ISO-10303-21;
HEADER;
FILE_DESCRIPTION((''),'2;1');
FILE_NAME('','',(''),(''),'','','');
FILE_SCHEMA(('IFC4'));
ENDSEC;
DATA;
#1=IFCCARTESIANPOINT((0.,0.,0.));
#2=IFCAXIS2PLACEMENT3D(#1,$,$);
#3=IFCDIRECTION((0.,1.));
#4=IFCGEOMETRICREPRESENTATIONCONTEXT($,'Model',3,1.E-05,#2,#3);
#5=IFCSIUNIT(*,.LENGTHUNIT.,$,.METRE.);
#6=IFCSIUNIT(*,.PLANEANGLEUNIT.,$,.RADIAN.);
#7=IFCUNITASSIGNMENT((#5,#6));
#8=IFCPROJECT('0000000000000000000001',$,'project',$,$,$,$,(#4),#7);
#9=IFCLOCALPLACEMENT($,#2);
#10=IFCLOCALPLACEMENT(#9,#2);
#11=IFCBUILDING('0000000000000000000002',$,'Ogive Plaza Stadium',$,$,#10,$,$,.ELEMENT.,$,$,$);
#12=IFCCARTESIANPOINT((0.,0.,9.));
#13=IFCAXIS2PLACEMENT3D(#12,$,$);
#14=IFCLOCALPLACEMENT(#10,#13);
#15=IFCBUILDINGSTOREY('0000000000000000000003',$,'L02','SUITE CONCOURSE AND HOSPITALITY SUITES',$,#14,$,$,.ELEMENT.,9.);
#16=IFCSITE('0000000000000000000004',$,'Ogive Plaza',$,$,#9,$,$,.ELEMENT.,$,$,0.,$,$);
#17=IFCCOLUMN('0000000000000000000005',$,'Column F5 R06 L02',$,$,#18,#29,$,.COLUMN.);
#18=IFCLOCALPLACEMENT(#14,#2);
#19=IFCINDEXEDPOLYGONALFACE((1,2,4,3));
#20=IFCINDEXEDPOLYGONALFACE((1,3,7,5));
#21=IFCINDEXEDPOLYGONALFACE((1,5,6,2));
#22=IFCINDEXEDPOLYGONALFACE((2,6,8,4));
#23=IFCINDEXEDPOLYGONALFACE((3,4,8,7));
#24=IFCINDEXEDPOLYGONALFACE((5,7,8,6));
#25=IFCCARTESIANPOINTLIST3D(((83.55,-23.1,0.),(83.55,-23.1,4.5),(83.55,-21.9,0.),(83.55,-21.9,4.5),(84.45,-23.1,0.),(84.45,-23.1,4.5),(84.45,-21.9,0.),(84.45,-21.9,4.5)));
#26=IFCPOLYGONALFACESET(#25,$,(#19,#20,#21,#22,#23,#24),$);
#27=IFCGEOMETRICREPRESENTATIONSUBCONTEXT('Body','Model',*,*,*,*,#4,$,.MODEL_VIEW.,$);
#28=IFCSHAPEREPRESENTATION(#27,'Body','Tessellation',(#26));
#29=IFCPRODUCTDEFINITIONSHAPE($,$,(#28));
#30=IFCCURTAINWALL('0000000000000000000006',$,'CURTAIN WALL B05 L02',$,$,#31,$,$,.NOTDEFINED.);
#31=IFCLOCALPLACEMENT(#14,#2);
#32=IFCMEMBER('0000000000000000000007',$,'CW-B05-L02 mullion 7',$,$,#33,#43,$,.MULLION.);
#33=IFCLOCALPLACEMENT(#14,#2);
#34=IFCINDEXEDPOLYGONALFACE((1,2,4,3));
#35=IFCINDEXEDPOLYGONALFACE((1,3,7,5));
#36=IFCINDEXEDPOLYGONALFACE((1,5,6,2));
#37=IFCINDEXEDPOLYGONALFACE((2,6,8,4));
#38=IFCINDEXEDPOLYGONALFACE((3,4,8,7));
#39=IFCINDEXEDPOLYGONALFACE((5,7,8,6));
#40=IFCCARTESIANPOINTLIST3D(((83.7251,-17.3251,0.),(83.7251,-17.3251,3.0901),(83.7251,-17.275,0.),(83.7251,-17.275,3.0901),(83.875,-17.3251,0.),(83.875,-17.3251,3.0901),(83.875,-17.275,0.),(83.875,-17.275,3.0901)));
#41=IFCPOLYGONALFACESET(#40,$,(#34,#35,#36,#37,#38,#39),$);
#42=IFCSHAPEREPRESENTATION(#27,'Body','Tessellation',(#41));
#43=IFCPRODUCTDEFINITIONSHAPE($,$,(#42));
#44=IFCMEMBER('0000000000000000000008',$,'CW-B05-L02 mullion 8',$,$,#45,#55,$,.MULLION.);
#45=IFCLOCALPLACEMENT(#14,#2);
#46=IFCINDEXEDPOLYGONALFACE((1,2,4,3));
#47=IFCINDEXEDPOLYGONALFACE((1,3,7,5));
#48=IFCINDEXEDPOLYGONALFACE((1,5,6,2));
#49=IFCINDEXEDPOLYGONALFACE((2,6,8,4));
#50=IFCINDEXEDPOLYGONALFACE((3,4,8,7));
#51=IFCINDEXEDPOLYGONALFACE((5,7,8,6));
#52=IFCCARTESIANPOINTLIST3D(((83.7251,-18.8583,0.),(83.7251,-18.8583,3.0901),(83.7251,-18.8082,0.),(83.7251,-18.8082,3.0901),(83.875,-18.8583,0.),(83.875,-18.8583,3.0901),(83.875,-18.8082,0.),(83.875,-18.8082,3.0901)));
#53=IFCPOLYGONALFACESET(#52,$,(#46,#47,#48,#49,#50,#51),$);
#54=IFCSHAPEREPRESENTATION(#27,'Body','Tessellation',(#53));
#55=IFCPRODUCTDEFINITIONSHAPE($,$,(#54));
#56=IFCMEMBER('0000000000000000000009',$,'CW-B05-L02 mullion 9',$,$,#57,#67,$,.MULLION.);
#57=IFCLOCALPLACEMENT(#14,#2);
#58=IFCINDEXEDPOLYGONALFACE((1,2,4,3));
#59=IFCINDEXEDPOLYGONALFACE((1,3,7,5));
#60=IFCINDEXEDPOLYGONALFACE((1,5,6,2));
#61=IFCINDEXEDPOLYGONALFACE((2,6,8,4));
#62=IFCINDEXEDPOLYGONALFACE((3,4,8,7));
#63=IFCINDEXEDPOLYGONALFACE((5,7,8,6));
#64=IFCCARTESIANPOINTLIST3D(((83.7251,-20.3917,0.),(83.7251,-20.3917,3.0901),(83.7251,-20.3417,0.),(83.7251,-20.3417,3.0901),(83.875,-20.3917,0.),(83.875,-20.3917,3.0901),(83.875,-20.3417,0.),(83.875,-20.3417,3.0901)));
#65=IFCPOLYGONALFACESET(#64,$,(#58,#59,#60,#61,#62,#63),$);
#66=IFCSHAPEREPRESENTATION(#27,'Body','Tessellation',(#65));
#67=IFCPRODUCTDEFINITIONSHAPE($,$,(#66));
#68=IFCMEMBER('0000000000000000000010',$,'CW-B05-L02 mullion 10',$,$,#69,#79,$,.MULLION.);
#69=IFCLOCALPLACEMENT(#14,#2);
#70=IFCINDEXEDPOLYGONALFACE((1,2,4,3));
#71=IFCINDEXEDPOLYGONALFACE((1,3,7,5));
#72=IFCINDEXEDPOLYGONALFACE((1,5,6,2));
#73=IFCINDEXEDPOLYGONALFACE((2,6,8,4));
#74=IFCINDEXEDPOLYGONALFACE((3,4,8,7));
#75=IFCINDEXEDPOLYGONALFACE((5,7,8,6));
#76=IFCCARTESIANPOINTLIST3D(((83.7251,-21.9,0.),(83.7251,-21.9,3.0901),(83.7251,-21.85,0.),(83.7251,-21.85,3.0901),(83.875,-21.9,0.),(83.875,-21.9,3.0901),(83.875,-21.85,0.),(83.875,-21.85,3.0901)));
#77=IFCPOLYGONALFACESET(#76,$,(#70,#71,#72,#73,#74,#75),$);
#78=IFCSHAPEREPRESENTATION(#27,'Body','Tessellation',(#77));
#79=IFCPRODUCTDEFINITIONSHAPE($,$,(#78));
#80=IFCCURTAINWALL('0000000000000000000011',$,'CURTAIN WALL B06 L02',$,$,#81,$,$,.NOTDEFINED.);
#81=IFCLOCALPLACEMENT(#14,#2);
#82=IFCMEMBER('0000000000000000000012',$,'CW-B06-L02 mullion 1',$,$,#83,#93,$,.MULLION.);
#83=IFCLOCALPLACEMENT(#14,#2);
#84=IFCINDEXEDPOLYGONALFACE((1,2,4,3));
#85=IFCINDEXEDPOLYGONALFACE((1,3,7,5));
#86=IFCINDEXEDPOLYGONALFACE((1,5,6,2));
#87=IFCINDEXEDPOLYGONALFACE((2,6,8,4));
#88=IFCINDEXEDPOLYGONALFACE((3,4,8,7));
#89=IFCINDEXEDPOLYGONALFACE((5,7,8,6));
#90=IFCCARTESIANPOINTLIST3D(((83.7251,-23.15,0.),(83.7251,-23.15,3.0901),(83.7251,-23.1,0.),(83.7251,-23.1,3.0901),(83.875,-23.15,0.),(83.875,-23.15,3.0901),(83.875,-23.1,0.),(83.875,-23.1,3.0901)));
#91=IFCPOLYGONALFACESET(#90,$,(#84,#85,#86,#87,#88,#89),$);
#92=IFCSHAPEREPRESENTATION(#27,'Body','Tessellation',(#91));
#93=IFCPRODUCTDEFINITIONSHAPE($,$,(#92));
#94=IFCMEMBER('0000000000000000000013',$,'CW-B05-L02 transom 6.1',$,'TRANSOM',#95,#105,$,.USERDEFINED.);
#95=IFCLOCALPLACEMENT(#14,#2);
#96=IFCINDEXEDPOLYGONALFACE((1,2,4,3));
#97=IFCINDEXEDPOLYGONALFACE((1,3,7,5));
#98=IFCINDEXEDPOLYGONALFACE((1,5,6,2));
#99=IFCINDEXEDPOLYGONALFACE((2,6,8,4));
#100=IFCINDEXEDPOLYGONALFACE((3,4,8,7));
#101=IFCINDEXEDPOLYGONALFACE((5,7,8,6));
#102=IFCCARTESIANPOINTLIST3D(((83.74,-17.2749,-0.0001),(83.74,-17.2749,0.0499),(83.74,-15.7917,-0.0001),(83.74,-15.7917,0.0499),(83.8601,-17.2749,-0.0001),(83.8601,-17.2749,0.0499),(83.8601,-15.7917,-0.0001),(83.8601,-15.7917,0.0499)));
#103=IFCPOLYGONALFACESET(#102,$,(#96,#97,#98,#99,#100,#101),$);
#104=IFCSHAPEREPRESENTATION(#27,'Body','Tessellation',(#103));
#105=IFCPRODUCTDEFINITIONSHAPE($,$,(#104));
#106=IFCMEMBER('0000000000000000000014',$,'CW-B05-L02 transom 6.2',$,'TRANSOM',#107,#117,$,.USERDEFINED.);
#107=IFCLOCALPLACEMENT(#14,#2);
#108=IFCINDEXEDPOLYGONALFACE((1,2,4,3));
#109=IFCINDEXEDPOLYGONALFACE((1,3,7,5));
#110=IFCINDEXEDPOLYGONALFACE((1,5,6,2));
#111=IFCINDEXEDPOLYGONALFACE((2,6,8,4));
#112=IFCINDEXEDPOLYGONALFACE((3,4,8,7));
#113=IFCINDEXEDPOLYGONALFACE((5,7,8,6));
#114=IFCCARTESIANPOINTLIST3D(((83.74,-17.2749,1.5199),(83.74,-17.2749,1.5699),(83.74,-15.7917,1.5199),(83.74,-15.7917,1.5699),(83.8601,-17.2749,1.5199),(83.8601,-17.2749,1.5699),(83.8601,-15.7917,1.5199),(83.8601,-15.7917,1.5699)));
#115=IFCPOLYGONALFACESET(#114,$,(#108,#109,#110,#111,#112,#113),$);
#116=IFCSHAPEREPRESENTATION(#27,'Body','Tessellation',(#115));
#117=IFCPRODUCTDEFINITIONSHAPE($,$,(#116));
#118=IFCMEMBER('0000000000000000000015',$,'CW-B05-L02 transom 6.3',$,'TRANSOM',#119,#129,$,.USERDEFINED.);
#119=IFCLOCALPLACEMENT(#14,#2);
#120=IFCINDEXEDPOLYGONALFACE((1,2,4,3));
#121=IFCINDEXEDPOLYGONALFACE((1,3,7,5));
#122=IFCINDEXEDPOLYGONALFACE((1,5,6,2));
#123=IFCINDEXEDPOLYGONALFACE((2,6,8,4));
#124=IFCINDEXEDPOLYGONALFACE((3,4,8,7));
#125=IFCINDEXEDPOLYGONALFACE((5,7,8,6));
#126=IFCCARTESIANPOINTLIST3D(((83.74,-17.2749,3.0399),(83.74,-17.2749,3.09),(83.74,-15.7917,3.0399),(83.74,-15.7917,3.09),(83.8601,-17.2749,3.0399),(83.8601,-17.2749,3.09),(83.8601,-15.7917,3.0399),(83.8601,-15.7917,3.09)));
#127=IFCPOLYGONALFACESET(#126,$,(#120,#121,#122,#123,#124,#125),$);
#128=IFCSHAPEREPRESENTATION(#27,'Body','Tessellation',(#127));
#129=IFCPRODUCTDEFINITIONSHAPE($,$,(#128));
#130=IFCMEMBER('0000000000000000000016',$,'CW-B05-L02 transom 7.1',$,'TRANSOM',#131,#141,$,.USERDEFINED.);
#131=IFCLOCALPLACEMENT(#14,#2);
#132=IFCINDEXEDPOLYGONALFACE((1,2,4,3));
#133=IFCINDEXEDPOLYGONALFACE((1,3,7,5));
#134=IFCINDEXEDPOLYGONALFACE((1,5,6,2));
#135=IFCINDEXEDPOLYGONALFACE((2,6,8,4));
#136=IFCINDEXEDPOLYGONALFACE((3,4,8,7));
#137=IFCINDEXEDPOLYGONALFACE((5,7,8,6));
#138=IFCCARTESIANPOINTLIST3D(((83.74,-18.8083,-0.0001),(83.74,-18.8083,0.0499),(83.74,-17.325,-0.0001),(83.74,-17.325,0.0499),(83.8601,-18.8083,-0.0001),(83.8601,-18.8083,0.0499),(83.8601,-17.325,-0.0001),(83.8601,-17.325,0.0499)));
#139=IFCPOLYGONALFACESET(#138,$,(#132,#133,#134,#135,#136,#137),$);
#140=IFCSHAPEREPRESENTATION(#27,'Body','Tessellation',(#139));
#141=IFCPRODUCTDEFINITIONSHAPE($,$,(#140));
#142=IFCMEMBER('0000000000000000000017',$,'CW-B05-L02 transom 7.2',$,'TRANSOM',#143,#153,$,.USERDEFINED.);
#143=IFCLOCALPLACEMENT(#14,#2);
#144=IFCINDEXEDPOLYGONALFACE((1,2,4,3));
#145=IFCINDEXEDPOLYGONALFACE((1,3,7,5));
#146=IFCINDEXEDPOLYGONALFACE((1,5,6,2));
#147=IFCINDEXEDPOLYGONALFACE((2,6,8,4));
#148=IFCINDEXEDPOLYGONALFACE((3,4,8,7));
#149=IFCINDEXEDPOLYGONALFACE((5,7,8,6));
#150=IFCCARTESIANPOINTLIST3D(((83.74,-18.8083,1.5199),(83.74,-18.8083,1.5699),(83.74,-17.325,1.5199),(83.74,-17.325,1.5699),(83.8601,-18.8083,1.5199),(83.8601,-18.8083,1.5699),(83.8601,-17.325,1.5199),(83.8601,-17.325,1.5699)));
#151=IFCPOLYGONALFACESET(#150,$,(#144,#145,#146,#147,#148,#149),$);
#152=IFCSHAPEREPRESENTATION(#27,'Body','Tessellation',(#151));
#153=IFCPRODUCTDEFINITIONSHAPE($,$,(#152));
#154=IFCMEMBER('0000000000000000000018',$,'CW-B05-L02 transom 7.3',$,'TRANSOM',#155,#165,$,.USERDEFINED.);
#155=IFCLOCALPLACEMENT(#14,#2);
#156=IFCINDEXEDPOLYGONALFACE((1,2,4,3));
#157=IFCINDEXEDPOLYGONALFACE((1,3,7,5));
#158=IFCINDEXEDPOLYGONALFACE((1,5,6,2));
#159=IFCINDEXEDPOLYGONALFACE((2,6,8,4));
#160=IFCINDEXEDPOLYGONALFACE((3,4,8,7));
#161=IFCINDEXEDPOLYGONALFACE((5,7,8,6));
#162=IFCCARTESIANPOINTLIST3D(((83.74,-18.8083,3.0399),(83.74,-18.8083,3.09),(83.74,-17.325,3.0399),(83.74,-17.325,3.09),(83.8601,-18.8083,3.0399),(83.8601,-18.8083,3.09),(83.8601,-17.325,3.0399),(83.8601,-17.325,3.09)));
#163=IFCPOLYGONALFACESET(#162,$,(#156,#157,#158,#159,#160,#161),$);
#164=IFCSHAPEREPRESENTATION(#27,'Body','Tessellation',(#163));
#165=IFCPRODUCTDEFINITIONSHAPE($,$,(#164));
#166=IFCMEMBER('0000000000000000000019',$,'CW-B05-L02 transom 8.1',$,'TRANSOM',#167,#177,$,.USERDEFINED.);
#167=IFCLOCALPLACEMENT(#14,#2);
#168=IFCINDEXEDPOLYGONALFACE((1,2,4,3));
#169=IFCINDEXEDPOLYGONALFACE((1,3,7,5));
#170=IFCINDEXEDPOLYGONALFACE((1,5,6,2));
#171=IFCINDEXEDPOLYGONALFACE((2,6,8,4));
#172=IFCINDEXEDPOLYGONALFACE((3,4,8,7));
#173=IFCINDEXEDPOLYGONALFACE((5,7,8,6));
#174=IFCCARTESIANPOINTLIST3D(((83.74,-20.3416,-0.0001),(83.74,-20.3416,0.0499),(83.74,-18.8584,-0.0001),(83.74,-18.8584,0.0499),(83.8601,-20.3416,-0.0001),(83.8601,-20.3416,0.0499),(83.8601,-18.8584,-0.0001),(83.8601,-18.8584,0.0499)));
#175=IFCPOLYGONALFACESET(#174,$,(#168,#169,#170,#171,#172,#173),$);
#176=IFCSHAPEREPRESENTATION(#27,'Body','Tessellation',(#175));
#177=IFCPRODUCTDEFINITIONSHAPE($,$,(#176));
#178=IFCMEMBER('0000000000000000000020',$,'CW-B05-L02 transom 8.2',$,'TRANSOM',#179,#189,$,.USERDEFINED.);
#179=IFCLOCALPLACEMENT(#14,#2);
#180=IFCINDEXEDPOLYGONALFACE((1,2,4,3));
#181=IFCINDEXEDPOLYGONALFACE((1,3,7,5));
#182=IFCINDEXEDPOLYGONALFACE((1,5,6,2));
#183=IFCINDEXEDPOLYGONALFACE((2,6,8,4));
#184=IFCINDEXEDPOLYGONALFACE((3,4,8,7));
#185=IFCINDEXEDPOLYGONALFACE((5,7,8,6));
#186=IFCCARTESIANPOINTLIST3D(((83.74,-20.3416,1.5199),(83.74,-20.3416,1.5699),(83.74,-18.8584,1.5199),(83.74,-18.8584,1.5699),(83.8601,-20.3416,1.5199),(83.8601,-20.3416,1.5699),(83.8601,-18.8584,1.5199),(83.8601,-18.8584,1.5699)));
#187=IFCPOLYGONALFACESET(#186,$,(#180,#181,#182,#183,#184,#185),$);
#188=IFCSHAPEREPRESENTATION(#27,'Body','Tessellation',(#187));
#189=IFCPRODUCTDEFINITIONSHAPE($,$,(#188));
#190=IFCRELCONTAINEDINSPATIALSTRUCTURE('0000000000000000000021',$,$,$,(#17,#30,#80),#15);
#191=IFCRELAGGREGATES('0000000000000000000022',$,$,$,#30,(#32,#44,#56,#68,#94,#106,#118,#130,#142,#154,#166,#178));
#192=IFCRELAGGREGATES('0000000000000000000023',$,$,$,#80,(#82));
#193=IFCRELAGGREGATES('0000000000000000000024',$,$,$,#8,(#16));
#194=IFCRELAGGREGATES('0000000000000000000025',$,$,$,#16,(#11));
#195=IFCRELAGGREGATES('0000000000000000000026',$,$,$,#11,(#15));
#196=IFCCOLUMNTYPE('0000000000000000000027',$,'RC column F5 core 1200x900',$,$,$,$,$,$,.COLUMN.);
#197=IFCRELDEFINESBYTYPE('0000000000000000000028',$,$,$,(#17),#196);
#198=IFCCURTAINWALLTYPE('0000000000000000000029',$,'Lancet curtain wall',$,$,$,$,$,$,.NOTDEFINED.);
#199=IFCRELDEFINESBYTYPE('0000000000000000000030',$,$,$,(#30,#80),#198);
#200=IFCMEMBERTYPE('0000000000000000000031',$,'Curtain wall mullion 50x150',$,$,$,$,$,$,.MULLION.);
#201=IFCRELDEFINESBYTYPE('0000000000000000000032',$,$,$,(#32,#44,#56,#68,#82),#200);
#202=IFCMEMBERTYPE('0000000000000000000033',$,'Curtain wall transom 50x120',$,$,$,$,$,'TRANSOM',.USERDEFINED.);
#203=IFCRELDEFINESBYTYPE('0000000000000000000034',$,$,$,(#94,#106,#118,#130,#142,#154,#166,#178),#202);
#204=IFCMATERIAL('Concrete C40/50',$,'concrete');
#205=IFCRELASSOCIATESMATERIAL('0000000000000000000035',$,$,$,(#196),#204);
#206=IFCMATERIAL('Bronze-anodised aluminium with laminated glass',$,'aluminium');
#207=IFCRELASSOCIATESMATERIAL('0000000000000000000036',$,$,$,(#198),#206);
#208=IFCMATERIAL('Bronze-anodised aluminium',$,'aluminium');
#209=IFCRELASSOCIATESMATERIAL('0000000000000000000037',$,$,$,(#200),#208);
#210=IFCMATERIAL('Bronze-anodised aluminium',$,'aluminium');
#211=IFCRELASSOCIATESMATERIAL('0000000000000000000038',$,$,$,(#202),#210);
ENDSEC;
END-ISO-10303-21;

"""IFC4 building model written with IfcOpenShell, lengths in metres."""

from ifc_helpers import new_model, si_unit, direction, frame, origin, origin_2d, place, context, subcontext, project, spatial, rectangle, extrude, material, material_profile, profile_set, type_object, element, aggregate, save


model = new_model("IFC4")

# Units and contexts
model_context = context("Model", 3, precision=1e-05, world=origin(), true_north=direction((0.0, 1.0)))
body_context = subcontext(model_context, "Body", "Model", "MODEL_VIEW")
ifc_project = project(units=[si_unit("LENGTHUNIT", "METRE"), si_unit("PLANEANGLEUNIT", "RADIAN")], contexts=[model_context])

# Site, building, storey
site_placement = place(None, origin())
site = spatial("IfcSite", under=ifc_project, at=site_placement, Name="Ogive Plaza", CompositionType="ELEMENT", RefElevation=0.0)
building_placement = place(site_placement, origin())
building = spatial("IfcBuilding", under=site, at=building_placement, Name="Ogive Plaza Stadium", CompositionType="ELEMENT")
storey_placement = place(building_placement, frame((0.0, 0.0, 9.0)))
storey = spatial("IfcBuildingStorey", under=building, at=storey_placement, Name="L02", Description="SUITE CONCOURSE AND HOSPITALITY SUITES", CompositionType="ELEMENT", Elevation=9.0)

# Column
ifc_material_1 = material(Name="Concrete C40/50", Category="concrete")
ifc_material_profile_1 = material_profile(ifc_material_1, rectangle(XDim=1.2, YDim=0.8999, at=origin_2d()), Name="RC 1200x900")
ifc_profile_set_1 = profile_set([ifc_material_profile_1], Name="Concrete C40/50")
column_type = type_object("IfcColumnType", Name="RC column F5 core 1200x900", PredefinedType="COLUMN", material=ifc_profile_set_1)
column_placement = place(storey_placement, frame((84.0, -22.5, 0.0), z_axis=(0.0, 0.0, 1.0), x_axis=(0.0, 1.0, 0.0)))
element("IfcColumn", 1, at=column_placement, inside=storey, type_object=column_type, Name="Column F5 R06 L02", PredefinedType="COLUMN", context=body_context, shape_type="SweptSolid", body=[
    extrude(rectangle(XDim=1.2, YDim=0.8999, at=origin_2d()), origin(), (0.0, 0.0, 1.0), 4.5),
])

# Curtain wall, members
ifc_material_2 = material(Name="Bronze-anodised aluminium with laminated glass", Category="aluminium")
curtain_wall_type = type_object("IfcCurtainWallType", Name="Lancet curtain wall", PredefinedType="NOTDEFINED", material=ifc_material_2)
curtain_wall_1_placement = place(storey_placement, origin())
curtain_wall_1 = element("IfcCurtainWall", 2, at=curtain_wall_1_placement, inside=storey, type_object=curtain_wall_type, Name="CURTAIN WALL B05 L02", PredefinedType="NOTDEFINED")
ifc_material_3 = material(Name="Bronze-anodised aluminium", Category="aluminium")
ifc_material_profile_2 = material_profile(ifc_material_3, rectangle(XDim=0.1499, YDim=0.05, at=origin_2d()), Name="AL 150x50")
ifc_profile_set_2 = profile_set([ifc_material_profile_2], Name="Bronze-anodised aluminium")
member_type_1 = type_object("IfcMemberType", Name="Curtain wall mullion 50x150", PredefinedType="MULLION", material=ifc_profile_set_2)
member_1_placement = place(storey_placement, frame((83.8, -17.3, 0.0), z_axis=(0.0, 0.0, 1.0), x_axis=(1.0, 0.0, 0.0)))
member_1 = element("IfcMember", 3, at=member_1_placement, type_object=member_type_1, Name="CW-B05-L02 mullion 7", PredefinedType="MULLION", context=body_context, shape_type="SweptSolid", body=[
    extrude(rectangle(XDim=0.1499, YDim=0.05, at=origin_2d()), origin(), (0.0, 0.0, 1.0), 3.0901),
])
member_2_placement = place(storey_placement, frame((83.8, -18.8333, 0.0), z_axis=(0.0, 0.0, 1.0), x_axis=(1.0, 0.0, 0.0)))
member_2 = element("IfcMember", 4, at=member_2_placement, type_object=member_type_1, Name="CW-B05-L02 mullion 8", PredefinedType="MULLION", context=body_context, shape_type="SweptSolid", body=[
    extrude(rectangle(XDim=0.1499, YDim=0.05, at=origin_2d()), origin(), (0.0, 0.0, 1.0), 3.0901),
])
member_3_placement = place(storey_placement, frame((83.8, -20.3667, 0.0), z_axis=(0.0, 0.0, 1.0), x_axis=(1.0, 0.0, 0.0)))
member_3 = element("IfcMember", 5, at=member_3_placement, type_object=member_type_1, Name="CW-B05-L02 mullion 9", PredefinedType="MULLION", context=body_context, shape_type="SweptSolid", body=[
    extrude(rectangle(XDim=0.1499, YDim=0.05, at=origin_2d()), origin(), (0.0, 0.0, 1.0), 3.0901),
])
member_4_placement = place(storey_placement, frame((83.8, -21.875, 0.0), z_axis=(0.0, 0.0, 1.0), x_axis=(1.0, 0.0, 0.0)))
member_4 = element("IfcMember", 6, at=member_4_placement, type_object=member_type_1, Name="CW-B05-L02 mullion 10", PredefinedType="MULLION", context=body_context, shape_type="SweptSolid", body=[
    extrude(rectangle(XDim=0.1499, YDim=0.05, at=origin_2d()), origin(), (0.0, 0.0, 1.0), 3.0901),
])

# Curtain wall, member
curtain_wall_2_placement = place(storey_placement, origin())
curtain_wall_2 = element("IfcCurtainWall", 7, at=curtain_wall_2_placement, inside=storey, type_object=curtain_wall_type, Name="CURTAIN WALL B06 L02", PredefinedType="NOTDEFINED")
member_5_placement = place(storey_placement, frame((83.8, -23.125, 0.0), z_axis=(0.0, 0.0, 1.0), x_axis=(1.0, 0.0, 0.0)))
member_5 = element("IfcMember", 8, at=member_5_placement, type_object=member_type_1, Name="CW-B06-L02 mullion 1", PredefinedType="MULLION", context=body_context, shape_type="SweptSolid", body=[
    extrude(rectangle(XDim=0.1499, YDim=0.05, at=origin_2d()), origin(), (0.0, 0.0, 1.0), 3.0901),
])

# Members
ifc_material_4 = material(Name="Bronze-anodised aluminium", Category="aluminium")
ifc_material_profile_3 = material_profile(ifc_material_4, rectangle(XDim=0.1201, YDim=0.05, at=origin_2d()), Name="AL 120x50")
ifc_profile_set_3 = profile_set([ifc_material_profile_3], Name="Bronze-anodised aluminium")
member_type_2 = type_object("IfcMemberType", Name="Curtain wall transom 50x120", ElementType="TRANSOM", PredefinedType="USERDEFINED", material=ifc_profile_set_3)
member_6_placement = place(storey_placement, frame((83.8, -15.7917, 0.0249), z_axis=(0.0, -1.0, 0.0), x_axis=(1.0, 0.0, 0.0)))
member_6 = element("IfcMember", 9, at=member_6_placement, type_object=member_type_2, Name="CW-B05-L02 transom 6.1", ObjectType="TRANSOM", PredefinedType="USERDEFINED", context=body_context, shape_type="SweptSolid", body=[
    extrude(rectangle(XDim=0.1201, YDim=0.05, at=origin_2d()), origin(), (0.0, 0.0, 1.0), 1.4832),
])
member_7_placement = place(storey_placement, frame((83.8, -15.7917, 1.5449), z_axis=(0.0, -1.0, 0.0), x_axis=(1.0, 0.0, 0.0)))
member_7 = element("IfcMember", 10, at=member_7_placement, type_object=member_type_2, Name="CW-B05-L02 transom 6.2", ObjectType="TRANSOM", PredefinedType="USERDEFINED", context=body_context, shape_type="SweptSolid", body=[
    extrude(rectangle(XDim=0.1201, YDim=0.05, at=origin_2d()), origin(), (0.0, 0.0, 1.0), 1.4832),
])
member_8_placement = place(storey_placement, frame((83.8, -15.7917, 3.0649), z_axis=(0.0, -1.0, 0.0), x_axis=(1.0, 0.0, 0.0)))
member_8 = element("IfcMember", 11, at=member_8_placement, type_object=member_type_2, Name="CW-B05-L02 transom 6.3", ObjectType="TRANSOM", PredefinedType="USERDEFINED", context=body_context, shape_type="SweptSolid", body=[
    extrude(rectangle(XDim=0.1201, YDim=0.05, at=origin_2d()), origin(), (0.0, 0.0, 1.0), 1.4832),
])
member_9_placement = place(storey_placement, frame((83.8, -17.325, 0.0249), z_axis=(0.0, -1.0, 0.0), x_axis=(1.0, 0.0, 0.0)))
member_9 = element("IfcMember", 12, at=member_9_placement, type_object=member_type_2, Name="CW-B05-L02 transom 7.1", ObjectType="TRANSOM", PredefinedType="USERDEFINED", context=body_context, shape_type="SweptSolid", body=[
    extrude(rectangle(XDim=0.1201, YDim=0.05, at=origin_2d()), origin(), (0.0, 0.0, 1.0), 1.4834),
])
member_10_placement = place(storey_placement, frame((83.8, -17.325, 1.5449), z_axis=(0.0, -1.0, 0.0), x_axis=(1.0, 0.0, 0.0)))
member_10 = element("IfcMember", 13, at=member_10_placement, type_object=member_type_2, Name="CW-B05-L02 transom 7.2", ObjectType="TRANSOM", PredefinedType="USERDEFINED", context=body_context, shape_type="SweptSolid", body=[
    extrude(rectangle(XDim=0.1201, YDim=0.05, at=origin_2d()), origin(), (0.0, 0.0, 1.0), 1.4834),
])
member_11_placement = place(storey_placement, frame((83.8, -17.325, 3.0649), z_axis=(0.0, -1.0, 0.0), x_axis=(1.0, 0.0, 0.0)))
member_11 = element("IfcMember", 14, at=member_11_placement, type_object=member_type_2, Name="CW-B05-L02 transom 7.3", ObjectType="TRANSOM", PredefinedType="USERDEFINED", context=body_context, shape_type="SweptSolid", body=[
    extrude(rectangle(XDim=0.1201, YDim=0.05, at=origin_2d()), origin(), (0.0, 0.0, 1.0), 1.4834),
])
member_12_placement = place(storey_placement, frame((83.8, -18.8584, 0.0249), z_axis=(0.0, -1.0, 0.0), x_axis=(1.0, 0.0, 0.0)))
member_12 = element("IfcMember", 15, at=member_12_placement, type_object=member_type_2, Name="CW-B05-L02 transom 8.1", ObjectType="TRANSOM", PredefinedType="USERDEFINED", context=body_context, shape_type="SweptSolid", body=[
    extrude(rectangle(XDim=0.1201, YDim=0.05, at=origin_2d()), origin(), (0.0, 0.0, 1.0), 1.4832),
])
member_13_placement = place(storey_placement, frame((83.8, -18.8584, 1.5449), z_axis=(0.0, -1.0, 0.0), x_axis=(1.0, 0.0, 0.0)))
member_13 = element("IfcMember", 16, at=member_13_placement, type_object=member_type_2, Name="CW-B05-L02 transom 8.2", ObjectType="TRANSOM", PredefinedType="USERDEFINED", context=body_context, shape_type="SweptSolid", body=[
    extrude(rectangle(XDim=0.1201, YDim=0.05, at=origin_2d()), origin(), (0.0, 0.0, 1.0), 1.4832),
])

aggregate(curtain_wall_1, [member_1, member_2, member_3, member_4, member_6, member_7, member_8, member_9, member_10, member_11, member_12, member_13])
aggregate(curtain_wall_2, [member_5])

save(model, "model.ifc")
